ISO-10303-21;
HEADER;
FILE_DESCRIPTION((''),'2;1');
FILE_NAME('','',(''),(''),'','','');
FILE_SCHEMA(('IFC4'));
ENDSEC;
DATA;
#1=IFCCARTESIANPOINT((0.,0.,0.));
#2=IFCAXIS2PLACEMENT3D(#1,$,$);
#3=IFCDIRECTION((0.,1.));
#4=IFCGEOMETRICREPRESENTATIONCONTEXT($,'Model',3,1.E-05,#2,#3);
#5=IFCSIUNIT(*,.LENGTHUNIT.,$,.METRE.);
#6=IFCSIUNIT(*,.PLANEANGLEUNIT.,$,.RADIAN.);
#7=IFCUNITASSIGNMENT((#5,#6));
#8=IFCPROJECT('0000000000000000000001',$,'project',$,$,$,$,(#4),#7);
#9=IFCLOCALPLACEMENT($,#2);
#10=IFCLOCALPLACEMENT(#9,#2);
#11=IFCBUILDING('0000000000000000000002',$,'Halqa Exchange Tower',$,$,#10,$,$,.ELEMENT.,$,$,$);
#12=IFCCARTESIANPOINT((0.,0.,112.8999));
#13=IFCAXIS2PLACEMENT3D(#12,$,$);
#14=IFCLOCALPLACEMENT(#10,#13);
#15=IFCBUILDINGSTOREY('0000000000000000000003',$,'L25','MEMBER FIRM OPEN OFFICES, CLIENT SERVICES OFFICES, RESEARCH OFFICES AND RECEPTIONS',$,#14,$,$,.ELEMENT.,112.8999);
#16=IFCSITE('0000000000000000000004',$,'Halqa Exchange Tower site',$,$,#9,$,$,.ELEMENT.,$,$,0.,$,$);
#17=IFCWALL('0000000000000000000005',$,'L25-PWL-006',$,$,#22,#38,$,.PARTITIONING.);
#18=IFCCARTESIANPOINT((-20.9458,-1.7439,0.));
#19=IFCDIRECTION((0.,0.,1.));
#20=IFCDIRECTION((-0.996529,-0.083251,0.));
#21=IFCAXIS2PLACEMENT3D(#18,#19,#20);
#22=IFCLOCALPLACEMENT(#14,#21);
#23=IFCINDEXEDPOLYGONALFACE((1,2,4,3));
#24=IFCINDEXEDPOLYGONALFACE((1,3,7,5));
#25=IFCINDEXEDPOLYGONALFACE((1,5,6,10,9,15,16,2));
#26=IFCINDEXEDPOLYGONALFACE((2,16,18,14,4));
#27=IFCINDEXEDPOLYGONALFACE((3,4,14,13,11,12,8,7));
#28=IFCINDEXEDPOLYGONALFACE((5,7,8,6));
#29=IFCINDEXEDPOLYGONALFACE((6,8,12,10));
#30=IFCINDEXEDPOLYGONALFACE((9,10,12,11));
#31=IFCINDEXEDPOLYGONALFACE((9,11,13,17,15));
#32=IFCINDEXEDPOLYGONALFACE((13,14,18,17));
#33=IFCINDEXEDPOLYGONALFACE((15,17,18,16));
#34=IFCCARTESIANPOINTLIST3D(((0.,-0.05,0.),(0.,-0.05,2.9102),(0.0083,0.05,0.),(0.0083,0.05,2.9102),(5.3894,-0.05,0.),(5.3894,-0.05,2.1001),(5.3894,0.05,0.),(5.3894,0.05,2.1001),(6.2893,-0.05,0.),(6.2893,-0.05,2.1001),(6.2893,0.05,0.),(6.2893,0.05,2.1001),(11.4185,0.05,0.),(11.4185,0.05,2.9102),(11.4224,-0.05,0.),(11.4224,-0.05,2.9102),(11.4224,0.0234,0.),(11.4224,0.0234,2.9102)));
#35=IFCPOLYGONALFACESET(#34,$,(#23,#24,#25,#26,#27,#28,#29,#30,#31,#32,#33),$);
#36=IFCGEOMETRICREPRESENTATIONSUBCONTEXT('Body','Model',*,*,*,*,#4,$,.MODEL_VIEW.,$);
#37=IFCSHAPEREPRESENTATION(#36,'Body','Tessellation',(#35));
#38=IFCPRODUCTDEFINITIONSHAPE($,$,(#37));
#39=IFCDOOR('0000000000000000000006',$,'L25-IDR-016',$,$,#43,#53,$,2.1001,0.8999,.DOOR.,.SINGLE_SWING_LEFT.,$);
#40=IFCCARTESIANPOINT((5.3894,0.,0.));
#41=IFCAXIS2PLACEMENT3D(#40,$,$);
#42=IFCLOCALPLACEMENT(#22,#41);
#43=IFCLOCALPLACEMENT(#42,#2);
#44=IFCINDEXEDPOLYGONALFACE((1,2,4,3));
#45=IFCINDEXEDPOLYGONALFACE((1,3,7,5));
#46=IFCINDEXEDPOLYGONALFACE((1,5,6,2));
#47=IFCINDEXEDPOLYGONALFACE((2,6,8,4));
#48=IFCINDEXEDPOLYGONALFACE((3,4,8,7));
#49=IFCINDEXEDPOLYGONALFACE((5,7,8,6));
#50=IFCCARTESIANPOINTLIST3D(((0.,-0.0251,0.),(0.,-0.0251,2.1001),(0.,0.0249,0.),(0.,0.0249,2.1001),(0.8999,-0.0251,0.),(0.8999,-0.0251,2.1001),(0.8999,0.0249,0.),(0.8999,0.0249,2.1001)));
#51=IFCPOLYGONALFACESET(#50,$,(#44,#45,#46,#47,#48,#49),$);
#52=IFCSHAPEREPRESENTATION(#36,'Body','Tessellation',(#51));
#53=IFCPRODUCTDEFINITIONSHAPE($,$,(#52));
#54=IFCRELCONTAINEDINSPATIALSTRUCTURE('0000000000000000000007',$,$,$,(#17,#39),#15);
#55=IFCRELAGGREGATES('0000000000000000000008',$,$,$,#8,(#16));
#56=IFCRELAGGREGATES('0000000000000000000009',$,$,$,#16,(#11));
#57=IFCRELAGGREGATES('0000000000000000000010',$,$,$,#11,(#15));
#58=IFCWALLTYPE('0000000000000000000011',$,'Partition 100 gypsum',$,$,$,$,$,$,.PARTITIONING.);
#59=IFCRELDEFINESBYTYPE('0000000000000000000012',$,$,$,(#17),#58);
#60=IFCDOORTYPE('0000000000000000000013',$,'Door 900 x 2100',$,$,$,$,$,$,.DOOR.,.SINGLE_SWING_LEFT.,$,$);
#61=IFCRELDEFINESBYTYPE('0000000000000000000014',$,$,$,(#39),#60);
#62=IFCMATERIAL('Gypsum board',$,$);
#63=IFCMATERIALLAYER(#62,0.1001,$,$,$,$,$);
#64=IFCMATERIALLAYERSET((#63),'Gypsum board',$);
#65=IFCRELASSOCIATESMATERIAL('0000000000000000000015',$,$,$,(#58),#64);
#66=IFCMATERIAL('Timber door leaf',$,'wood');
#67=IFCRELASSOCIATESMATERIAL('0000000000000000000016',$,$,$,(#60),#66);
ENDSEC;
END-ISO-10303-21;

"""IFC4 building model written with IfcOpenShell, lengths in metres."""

from ifc_helpers import new_model, si_unit, direction, frame, frame_2d, origin, place, context, subcontext, project, spatial, polyline, rectangle, outline, extrude, material, layer, layer_set, type_object, element, fill, save


model = new_model("IFC4")

# Units and contexts
model_context = context("Model", 3, precision=1e-05, world=origin(), true_north=direction((0.0, 1.0)))
body_context = subcontext(model_context, "Body", "Model", "MODEL_VIEW")
ifc_project = project(units=[si_unit("LENGTHUNIT", "METRE"), si_unit("PLANEANGLEUNIT", "RADIAN")], contexts=[model_context])

# Site, building, storey
site_placement = place(None, origin())
site = spatial("IfcSite", under=ifc_project, at=site_placement, Name="Halqa Exchange Tower site", CompositionType="ELEMENT", RefElevation=0.0)
building_placement = place(site_placement, origin())
building = spatial("IfcBuilding", under=site, at=building_placement, Name="Halqa Exchange Tower", CompositionType="ELEMENT")
storey_placement = place(building_placement, frame((0.0, 0.0, 112.8999)))
storey = spatial("IfcBuildingStorey", under=building, at=storey_placement, Name="L25", Description="MEMBER FIRM OPEN OFFICES, CLIENT SERVICES OFFICES, RESEARCH OFFICES AND RECEPTIONS", CompositionType="ELEMENT", Elevation=112.8999)

# Wall, opening, door
ifc_material_1 = material(Name="Gypsum board")
ifc_layer_1 = layer(ifc_material_1, 0.1001)
ifc_layer_set_1 = layer_set([ifc_layer_1], Name="Gypsum board")
wall_type_1 = type_object("IfcWallType", Name="Partition 100 gypsum", PredefinedType="PARTITIONING", material=ifc_layer_set_1)
wall_1_placement = place(storey_placement, frame((-20.9458, -1.7439, 0.0), z_axis=(0.0, 0.0, 1.0), x_axis=(-0.996529, -0.083251, 0.0)))
wall_1 = element("IfcWall", 1, at=wall_1_placement, inside=storey, type_object=wall_type_1, Name="L25-PWL-006", PredefinedType="PARTITIONING", context=body_context, shape_type="SweptSolid", body=[
    extrude(outline(polyline([(11.4224, -0.05), (11.4224, 0.0234), (11.4185, 0.05), (9.5166, 0.05), (7.615, 0.05), (5.7134, 0.05), (3.8118, 0.05), (1.9102, 0.05), (0.0083, 0.05), (0.0, -0.05), (1.9038, -0.05), (3.8074, -0.05), (5.7112, -0.05), (7.615, -0.05), (9.5186, -0.05), (11.4224, -0.05)])), origin(), (0.0, 0.0, 1.0), 2.9102),
])
opening_1_placement = place(wall_1_placement, frame((5.3894, 0.0, 0.0)))
opening_1 = element("IfcOpeningElement", 2, at=opening_1_placement, cuts=wall_1, PredefinedType="OPENING", context=body_context, shape_type="SweptSolid", body=[
    extrude(rectangle(XDim=0.8999, YDim=2.1001, at=frame_2d((0.45, 1.05))), frame((0.0, 0.062, 0.0), z_axis=(0.0, -1.0, 0.0), x_axis=(1.0, 0.0, 0.0)), (0.0, 0.0, 1.0), 0.124),
])
ifc_material_2 = material(Name="Timber door leaf", Category="wood")
door_type_1 = type_object("IfcDoorType", Name="Door 900 x 2100", OperationType="SINGLE_SWING_LEFT", PredefinedType="DOOR", material=ifc_material_2)
door_1_placement = place(opening_1_placement, origin())
door_1 = element("IfcDoor", 3, at=door_1_placement, inside=storey, type_object=door_type_1, Name="L25-IDR-016", OperationType="SINGLE_SWING_LEFT", OverallHeight=2.1001, OverallWidth=0.8999, PredefinedType="DOOR", context=body_context, shape_type="SweptSolid", body=[
    extrude(rectangle(XDim=0.8999, YDim=2.1001, at=frame_2d((0.45, 1.05))), frame((0.0, 0.0249, 0.0), z_axis=(0.0, -1.0, 0.0), x_axis=(1.0, 0.0, 0.0)), (0.0, 0.0, 1.0), 0.05),
])
fill(opening_1, door_1)

save(model, "model.ifc")
